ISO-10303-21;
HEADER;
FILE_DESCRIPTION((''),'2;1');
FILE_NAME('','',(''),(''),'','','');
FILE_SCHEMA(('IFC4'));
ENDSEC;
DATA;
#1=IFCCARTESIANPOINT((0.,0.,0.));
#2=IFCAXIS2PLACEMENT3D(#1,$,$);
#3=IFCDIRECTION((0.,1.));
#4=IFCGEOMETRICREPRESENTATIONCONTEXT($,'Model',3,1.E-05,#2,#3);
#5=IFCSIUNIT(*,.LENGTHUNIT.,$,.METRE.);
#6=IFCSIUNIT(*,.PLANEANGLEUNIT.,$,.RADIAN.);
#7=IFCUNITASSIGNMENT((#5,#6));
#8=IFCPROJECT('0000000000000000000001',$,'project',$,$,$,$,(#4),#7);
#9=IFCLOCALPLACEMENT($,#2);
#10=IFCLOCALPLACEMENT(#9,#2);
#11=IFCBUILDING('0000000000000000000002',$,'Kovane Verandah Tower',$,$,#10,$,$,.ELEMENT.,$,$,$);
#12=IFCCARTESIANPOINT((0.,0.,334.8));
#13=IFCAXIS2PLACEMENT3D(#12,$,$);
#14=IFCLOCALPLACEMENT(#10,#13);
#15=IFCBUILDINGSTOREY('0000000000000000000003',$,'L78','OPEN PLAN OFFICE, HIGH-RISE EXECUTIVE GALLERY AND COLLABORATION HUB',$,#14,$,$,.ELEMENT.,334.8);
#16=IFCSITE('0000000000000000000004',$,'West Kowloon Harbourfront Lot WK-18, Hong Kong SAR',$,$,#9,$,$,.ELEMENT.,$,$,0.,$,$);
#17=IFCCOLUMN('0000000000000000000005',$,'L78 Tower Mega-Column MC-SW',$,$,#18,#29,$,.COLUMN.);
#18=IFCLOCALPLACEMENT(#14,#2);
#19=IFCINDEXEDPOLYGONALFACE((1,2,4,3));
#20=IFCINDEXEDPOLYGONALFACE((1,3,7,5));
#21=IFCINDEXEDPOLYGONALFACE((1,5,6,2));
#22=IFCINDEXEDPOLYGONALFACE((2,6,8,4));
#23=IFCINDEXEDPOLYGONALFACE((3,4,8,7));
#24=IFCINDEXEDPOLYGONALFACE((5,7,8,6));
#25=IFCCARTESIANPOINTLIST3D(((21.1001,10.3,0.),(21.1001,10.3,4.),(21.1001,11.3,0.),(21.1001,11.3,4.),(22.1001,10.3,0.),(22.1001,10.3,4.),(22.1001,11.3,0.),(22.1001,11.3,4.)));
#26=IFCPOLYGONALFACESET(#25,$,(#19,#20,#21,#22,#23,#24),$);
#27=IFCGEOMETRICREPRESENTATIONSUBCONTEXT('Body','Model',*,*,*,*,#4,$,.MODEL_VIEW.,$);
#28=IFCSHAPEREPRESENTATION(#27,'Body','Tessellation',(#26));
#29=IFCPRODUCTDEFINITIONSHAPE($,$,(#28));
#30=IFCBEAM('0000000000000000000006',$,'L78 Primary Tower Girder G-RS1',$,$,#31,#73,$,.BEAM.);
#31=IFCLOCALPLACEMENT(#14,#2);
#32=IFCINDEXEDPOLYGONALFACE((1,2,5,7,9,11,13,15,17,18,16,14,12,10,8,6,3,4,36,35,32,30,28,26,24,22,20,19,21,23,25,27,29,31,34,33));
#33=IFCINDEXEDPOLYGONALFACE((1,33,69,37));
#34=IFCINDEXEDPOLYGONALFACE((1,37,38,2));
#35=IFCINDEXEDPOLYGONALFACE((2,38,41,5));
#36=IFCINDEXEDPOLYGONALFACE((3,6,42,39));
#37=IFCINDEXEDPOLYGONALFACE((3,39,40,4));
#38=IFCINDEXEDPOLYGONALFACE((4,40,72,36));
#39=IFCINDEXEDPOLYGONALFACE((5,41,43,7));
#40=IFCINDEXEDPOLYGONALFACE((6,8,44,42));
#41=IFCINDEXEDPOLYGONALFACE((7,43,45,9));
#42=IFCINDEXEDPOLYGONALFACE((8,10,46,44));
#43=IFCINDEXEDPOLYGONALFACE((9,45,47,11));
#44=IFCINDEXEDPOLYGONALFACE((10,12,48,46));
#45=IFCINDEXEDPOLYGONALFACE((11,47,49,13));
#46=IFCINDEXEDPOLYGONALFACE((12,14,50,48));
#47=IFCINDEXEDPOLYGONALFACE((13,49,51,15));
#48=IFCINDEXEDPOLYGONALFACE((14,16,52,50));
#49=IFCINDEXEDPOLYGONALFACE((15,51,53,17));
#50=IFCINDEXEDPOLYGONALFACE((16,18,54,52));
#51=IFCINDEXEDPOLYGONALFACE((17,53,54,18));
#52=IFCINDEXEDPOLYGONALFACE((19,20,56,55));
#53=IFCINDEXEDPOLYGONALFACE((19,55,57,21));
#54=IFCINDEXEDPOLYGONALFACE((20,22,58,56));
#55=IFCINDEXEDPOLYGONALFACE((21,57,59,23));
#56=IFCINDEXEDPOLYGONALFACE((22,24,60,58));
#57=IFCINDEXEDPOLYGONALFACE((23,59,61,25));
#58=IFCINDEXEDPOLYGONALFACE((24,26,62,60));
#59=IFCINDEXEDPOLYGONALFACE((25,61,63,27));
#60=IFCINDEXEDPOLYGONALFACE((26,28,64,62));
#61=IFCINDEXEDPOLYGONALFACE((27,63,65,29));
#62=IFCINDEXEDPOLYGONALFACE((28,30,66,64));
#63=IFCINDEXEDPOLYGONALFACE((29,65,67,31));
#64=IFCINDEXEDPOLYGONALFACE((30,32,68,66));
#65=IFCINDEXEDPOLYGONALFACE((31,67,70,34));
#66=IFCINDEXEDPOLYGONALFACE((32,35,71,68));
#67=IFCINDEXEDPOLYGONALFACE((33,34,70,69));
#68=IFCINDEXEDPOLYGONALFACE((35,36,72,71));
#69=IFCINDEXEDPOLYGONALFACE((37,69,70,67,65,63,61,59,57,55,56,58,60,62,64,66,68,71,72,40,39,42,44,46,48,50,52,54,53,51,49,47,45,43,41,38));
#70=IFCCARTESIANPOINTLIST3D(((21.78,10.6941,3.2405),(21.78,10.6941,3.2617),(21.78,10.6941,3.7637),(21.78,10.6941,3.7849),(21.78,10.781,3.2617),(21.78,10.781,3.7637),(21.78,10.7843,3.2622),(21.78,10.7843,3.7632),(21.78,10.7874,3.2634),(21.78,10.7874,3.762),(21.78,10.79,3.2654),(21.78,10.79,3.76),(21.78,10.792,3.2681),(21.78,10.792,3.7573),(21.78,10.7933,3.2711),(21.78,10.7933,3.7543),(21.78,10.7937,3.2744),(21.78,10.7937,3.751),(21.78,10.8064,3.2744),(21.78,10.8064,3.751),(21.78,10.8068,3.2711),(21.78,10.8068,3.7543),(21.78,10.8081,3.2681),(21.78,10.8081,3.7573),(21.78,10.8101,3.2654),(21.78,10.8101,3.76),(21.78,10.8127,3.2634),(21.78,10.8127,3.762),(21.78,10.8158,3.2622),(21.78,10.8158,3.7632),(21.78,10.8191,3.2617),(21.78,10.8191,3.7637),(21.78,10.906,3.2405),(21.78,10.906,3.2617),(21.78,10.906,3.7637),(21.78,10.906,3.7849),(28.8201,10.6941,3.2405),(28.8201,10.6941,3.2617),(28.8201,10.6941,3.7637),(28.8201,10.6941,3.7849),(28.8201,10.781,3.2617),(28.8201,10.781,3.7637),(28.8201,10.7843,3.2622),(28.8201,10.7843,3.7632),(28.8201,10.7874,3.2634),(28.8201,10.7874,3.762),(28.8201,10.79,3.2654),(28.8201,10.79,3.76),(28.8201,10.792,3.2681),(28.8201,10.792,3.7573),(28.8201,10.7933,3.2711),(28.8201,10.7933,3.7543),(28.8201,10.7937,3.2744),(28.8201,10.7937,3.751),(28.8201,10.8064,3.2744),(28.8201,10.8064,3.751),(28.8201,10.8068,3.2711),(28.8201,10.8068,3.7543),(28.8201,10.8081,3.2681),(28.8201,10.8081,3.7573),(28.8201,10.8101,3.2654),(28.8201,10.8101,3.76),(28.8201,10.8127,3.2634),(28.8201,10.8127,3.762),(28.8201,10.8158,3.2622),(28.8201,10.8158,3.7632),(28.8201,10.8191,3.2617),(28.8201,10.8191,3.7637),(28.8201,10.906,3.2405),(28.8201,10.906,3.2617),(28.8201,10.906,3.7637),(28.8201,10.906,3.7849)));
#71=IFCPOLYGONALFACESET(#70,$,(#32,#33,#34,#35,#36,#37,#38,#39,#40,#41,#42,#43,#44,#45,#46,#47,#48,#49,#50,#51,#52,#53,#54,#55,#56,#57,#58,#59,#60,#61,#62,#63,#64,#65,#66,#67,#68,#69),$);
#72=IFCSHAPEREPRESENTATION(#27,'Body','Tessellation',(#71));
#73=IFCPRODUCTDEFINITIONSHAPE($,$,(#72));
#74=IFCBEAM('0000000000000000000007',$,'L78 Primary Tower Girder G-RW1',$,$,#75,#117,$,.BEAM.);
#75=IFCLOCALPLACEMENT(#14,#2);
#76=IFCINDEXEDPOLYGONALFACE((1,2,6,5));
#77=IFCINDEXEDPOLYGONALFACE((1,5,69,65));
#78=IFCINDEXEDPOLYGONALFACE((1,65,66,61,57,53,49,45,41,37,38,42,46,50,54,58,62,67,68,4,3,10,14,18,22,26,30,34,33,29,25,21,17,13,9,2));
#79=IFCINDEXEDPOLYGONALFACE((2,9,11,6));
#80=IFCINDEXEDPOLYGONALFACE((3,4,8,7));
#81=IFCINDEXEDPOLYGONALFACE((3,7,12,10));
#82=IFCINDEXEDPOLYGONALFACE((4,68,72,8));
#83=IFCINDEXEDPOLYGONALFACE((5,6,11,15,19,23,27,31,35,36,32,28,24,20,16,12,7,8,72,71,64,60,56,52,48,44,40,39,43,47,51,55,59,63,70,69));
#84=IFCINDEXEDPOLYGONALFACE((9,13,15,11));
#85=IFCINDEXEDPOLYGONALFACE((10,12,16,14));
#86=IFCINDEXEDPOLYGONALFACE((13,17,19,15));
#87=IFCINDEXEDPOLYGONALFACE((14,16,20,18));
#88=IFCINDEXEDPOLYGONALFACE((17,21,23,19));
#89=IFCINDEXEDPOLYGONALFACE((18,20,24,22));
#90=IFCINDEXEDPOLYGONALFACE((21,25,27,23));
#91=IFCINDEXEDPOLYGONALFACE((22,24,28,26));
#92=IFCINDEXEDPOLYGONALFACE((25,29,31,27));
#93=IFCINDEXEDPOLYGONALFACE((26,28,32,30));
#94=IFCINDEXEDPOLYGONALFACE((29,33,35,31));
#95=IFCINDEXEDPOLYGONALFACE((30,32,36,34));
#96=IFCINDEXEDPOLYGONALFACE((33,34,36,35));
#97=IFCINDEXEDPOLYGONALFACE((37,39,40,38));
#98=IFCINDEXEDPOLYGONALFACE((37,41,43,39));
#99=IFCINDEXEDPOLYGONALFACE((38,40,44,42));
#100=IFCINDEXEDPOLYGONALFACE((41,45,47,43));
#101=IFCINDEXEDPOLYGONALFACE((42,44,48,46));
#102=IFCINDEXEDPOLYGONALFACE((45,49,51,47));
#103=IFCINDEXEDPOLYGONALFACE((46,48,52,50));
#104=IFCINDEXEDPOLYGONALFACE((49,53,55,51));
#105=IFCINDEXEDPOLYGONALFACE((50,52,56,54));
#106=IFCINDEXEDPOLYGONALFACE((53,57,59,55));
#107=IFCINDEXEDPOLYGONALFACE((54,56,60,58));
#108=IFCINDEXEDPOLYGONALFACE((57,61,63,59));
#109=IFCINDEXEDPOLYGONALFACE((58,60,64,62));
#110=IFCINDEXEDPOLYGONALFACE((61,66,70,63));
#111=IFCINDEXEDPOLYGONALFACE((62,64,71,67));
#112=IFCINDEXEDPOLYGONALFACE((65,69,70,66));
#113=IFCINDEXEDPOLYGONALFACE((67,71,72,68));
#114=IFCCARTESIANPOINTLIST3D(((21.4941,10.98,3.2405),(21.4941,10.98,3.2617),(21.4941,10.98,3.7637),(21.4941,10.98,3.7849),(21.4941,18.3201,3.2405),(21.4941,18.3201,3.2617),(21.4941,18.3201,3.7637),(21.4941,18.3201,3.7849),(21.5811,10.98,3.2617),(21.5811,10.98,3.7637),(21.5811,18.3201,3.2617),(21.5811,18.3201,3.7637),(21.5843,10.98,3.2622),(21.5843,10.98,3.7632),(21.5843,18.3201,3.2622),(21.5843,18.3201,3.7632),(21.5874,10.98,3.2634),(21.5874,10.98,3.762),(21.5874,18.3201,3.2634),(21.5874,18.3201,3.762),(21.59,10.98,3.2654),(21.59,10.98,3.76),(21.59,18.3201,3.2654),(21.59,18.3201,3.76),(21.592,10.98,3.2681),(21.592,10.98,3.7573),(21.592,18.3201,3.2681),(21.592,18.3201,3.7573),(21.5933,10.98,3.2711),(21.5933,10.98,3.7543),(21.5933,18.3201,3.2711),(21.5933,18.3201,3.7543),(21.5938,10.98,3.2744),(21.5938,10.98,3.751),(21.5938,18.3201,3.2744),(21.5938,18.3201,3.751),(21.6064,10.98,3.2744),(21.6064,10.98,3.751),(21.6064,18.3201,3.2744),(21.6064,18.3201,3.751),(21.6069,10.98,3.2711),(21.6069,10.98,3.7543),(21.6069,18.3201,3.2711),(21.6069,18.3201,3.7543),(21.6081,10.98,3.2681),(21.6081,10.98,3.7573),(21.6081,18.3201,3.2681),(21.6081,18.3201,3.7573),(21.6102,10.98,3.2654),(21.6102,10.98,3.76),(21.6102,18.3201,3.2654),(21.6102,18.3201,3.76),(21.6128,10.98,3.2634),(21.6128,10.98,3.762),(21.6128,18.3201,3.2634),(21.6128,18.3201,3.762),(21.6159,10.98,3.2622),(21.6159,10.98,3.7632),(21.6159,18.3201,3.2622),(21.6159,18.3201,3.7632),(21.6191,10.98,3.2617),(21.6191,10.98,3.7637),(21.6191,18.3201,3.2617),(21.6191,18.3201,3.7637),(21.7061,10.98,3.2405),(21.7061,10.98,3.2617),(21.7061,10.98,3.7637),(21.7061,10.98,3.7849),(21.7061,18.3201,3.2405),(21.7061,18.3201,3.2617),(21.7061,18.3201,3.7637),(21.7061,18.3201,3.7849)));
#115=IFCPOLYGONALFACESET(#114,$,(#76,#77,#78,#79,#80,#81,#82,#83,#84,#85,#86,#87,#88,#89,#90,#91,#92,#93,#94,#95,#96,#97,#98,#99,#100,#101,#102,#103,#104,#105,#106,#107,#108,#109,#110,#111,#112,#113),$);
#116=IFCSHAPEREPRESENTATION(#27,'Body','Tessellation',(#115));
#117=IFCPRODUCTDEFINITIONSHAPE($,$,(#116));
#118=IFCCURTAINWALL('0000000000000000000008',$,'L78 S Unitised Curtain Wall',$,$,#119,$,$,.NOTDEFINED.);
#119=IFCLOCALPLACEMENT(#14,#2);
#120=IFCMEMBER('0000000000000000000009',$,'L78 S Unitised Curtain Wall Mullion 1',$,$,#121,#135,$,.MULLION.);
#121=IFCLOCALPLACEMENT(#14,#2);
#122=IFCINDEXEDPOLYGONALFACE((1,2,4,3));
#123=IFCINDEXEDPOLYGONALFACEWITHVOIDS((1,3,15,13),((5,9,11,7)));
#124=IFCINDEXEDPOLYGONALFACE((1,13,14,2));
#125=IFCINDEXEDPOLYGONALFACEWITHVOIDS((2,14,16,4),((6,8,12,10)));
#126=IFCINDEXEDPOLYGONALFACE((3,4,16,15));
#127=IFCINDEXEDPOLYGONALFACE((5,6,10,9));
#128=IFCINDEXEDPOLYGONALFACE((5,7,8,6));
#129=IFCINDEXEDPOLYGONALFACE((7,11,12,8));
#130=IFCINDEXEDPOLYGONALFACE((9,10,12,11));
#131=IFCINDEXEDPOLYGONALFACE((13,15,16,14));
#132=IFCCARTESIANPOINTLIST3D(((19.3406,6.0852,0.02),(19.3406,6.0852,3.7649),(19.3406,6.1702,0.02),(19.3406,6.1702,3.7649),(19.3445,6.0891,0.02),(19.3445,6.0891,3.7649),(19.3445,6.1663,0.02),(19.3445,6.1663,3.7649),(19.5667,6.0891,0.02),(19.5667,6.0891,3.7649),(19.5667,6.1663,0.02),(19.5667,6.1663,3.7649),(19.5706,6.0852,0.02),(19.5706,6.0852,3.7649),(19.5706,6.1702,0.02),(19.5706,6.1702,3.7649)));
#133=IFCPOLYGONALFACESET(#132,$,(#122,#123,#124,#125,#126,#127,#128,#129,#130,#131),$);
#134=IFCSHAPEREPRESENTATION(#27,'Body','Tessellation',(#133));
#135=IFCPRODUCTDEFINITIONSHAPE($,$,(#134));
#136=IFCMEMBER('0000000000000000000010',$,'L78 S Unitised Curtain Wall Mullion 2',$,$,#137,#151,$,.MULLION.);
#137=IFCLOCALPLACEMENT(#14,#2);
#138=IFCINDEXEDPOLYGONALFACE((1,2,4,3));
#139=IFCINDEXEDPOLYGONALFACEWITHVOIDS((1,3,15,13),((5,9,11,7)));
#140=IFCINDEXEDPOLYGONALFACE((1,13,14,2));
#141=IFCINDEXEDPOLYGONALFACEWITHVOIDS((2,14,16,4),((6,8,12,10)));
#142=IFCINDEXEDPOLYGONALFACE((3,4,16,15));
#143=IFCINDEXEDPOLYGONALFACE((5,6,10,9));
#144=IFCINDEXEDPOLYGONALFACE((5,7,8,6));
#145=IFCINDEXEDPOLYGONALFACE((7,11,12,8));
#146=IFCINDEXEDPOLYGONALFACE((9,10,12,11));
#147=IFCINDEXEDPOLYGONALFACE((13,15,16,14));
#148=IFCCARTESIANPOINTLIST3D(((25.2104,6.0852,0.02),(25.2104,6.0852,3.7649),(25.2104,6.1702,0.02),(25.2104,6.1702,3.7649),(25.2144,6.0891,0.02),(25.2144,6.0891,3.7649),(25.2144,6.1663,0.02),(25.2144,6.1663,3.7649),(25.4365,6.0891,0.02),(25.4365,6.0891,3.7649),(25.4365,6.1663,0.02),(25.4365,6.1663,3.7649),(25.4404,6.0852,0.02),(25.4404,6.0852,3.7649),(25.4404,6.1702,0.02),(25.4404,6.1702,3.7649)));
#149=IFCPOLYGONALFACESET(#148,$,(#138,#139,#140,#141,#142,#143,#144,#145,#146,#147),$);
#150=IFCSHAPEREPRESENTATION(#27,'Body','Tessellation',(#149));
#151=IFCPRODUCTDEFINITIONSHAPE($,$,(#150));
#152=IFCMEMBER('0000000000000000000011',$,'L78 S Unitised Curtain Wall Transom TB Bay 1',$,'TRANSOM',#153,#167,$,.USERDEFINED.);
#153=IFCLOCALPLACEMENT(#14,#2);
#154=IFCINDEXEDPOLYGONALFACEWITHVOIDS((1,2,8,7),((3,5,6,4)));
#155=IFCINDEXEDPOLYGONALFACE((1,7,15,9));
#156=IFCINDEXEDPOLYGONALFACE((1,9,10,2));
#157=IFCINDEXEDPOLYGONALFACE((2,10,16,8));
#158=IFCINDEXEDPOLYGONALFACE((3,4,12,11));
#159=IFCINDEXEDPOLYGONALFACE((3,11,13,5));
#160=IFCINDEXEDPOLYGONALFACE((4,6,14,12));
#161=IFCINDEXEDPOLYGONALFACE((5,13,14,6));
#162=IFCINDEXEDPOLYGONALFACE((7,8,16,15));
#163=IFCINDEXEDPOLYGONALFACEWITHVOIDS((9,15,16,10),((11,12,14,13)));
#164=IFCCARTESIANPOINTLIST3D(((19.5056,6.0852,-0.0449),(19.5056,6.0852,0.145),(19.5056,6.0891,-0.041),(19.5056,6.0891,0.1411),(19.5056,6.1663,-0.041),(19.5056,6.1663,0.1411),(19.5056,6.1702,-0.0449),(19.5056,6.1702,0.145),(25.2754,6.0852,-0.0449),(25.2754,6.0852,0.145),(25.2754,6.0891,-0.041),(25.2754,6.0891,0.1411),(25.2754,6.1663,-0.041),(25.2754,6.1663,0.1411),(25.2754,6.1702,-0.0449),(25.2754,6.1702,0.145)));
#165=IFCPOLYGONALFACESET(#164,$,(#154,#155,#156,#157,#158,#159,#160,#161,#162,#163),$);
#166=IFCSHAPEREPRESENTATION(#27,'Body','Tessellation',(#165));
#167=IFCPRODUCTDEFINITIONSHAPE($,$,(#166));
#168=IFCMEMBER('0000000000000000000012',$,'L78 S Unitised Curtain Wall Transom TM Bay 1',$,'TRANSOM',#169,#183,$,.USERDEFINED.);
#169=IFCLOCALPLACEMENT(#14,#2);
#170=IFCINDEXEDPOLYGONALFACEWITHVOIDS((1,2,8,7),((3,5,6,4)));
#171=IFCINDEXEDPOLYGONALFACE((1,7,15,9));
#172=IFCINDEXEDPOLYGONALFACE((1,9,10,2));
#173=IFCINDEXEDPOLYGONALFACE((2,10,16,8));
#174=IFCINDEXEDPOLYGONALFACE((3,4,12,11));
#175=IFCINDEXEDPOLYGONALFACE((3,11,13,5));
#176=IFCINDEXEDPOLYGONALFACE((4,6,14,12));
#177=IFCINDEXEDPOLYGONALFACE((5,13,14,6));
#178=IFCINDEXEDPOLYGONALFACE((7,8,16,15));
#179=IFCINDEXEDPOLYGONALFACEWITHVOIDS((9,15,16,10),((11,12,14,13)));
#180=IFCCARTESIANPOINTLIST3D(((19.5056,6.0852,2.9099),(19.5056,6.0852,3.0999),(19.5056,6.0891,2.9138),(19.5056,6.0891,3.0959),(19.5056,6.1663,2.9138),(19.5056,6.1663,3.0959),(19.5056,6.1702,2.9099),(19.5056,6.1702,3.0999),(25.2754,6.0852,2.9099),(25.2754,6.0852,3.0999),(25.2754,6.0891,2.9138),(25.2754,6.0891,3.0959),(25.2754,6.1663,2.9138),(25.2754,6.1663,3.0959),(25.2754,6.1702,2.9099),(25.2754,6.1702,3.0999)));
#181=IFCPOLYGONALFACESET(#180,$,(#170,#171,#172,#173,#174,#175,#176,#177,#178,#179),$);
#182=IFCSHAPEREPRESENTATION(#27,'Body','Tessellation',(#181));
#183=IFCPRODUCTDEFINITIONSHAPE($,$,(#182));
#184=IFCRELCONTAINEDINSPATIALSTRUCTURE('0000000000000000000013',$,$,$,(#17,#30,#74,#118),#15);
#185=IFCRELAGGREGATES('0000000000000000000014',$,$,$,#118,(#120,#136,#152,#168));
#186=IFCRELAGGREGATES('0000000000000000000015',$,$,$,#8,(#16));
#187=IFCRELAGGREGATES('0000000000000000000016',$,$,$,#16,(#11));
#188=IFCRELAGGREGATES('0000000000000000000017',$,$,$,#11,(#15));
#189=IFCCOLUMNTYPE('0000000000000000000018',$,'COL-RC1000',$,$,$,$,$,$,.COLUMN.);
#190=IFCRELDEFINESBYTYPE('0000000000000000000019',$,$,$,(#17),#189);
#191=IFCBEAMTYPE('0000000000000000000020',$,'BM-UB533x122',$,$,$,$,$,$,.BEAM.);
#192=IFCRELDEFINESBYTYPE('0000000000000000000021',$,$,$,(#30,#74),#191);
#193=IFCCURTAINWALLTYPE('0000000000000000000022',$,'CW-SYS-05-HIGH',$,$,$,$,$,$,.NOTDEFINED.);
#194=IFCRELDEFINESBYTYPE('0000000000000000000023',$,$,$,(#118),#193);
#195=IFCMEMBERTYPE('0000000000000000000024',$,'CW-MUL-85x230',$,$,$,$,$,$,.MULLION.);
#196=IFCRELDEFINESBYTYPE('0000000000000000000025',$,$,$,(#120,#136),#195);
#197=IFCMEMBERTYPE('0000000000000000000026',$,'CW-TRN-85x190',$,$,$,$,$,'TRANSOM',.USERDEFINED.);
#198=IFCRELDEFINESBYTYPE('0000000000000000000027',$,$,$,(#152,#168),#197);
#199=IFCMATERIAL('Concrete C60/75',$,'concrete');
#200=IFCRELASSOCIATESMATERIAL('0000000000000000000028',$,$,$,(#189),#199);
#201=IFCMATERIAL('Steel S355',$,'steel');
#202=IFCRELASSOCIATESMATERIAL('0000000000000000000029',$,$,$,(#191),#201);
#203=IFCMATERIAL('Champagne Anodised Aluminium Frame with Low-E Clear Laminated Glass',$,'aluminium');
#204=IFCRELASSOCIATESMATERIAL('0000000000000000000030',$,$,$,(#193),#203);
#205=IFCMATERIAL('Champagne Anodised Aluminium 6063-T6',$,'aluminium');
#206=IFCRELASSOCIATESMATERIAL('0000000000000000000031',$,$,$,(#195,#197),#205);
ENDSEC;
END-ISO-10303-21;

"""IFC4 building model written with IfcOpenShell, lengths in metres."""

from ifc_helpers import new_model, si_unit, direction, frame, origin, origin_2d, place, context, subcontext, project, spatial, rectangle, hollow_rectangle, i_section, extrude, material, material_profile, profile_set, type_object, element, aggregate, save


model = new_model("IFC4")

# Units and contexts
model_context = context("Model", 3, precision=1e-05, world=origin(), true_north=direction((0.0, 1.0)))
body_context = subcontext(model_context, "Body", "Model", "MODEL_VIEW")
ifc_project = project(units=[si_unit("LENGTHUNIT", "METRE"), si_unit("PLANEANGLEUNIT", "RADIAN")], contexts=[model_context])

# Site, building, storey
site_placement = place(None, origin())
site = spatial("IfcSite", under=ifc_project, at=site_placement, Name="West Kowloon Harbourfront Lot WK-18, Hong Kong SAR", CompositionType="ELEMENT", RefElevation=0.0)
building_placement = place(site_placement, origin())
building = spatial("IfcBuilding", under=site, at=building_placement, Name="Kovane Verandah Tower", CompositionType="ELEMENT")
storey_placement = place(building_placement, frame((0.0, 0.0, 334.8)))
storey = spatial("IfcBuildingStorey", under=building, at=storey_placement, Name="L78", Description="OPEN PLAN OFFICE, HIGH-RISE EXECUTIVE GALLERY AND COLLABORATION HUB", CompositionType="ELEMENT", Elevation=334.8)

# Column
ifc_material_1 = material(Name="Concrete C60/75", Category="concrete")
ifc_material_profile_1 = material_profile(ifc_material_1, rectangle(XDim=1.0, YDim=1.0, at=origin_2d()), Name="RC1000x1000")
ifc_profile_set_1 = profile_set([ifc_material_profile_1], Name="Concrete C60/75")
column_type = type_object("IfcColumnType", Name="COL-RC1000", PredefinedType="COLUMN", material=ifc_profile_set_1)
column_placement = place(storey_placement, frame((21.6001, 10.8, 0.0), z_axis=(0.0, 0.0, 1.0), x_axis=(1.0, 0.0, 0.0)))
element("IfcColumn", 1, at=column_placement, inside=storey, type_object=column_type, Name="L78 Tower Mega-Column MC-SW", PredefinedType="COLUMN", context=body_context, shape_type="SweptSolid", body=[
    extrude(rectangle(XDim=1.0, YDim=1.0, at=origin_2d()), origin(), (0.0, 0.0, 1.0), 4.0),
])

# Beams
ifc_material_2 = material(Name="Steel S355", Category="steel")
ifc_material_profile_2 = material_profile(ifc_material_2, i_section(OverallWidth=0.2119, OverallDepth=0.5444, WebThickness=0.0127, FlangeThickness=0.0212, FilletRadius=0.0127, at=origin_2d()), Name="UB533x210x122")
ifc_profile_set_2 = profile_set([ifc_material_profile_2], Name="Steel S355")
beam_type_1 = type_object("IfcBeamType", Name="BM-UB533x122", PredefinedType="BEAM", material=ifc_profile_set_2)
beam_1_placement = place(storey_placement, frame((21.78, 10.8, 3.5127), z_axis=(1.0, 0.0, 0.0), x_axis=(0.0, 1.0, 0.0)))
element("IfcBeam", 2, at=beam_1_placement, inside=storey, type_object=beam_type_1, Name="L78 Primary Tower Girder G-RS1", PredefinedType="BEAM", context=body_context, shape_type="SweptSolid", body=[
    extrude(i_section(OverallWidth=0.2119, OverallDepth=0.5444, WebThickness=0.0127, FlangeThickness=0.0212, FilletRadius=0.0127, at=origin_2d()), origin(), (0.0, 0.0, 1.0), 7.04),
])
beam_2_placement = place(storey_placement, frame((21.6001, 10.98, 3.5127), z_axis=(0.0, 1.0, 0.0), x_axis=(-1.0, 0.0, 0.0)))
element("IfcBeam", 3, at=beam_2_placement, inside=storey, type_object=beam_type_1, Name="L78 Primary Tower Girder G-RW1", PredefinedType="BEAM", context=body_context, shape_type="SweptSolid", body=[
    extrude(i_section(OverallWidth=0.2119, OverallDepth=0.5444, WebThickness=0.0127, FlangeThickness=0.0212, FilletRadius=0.0127, at=origin_2d()), origin(), (0.0, 0.0, 1.0), 7.3401),
])

# Curtain wall, members
ifc_material_3 = material(Name="Champagne Anodised Aluminium Frame with Low-E Clear Laminated Glass", Category="aluminium")
curtain_wall_type = type_object("IfcCurtainWallType", Name="CW-SYS-05-HIGH", PredefinedType="NOTDEFINED", material=ifc_material_3)
curtain_wall_placement = place(storey_placement, origin())
curtain_wall = element("IfcCurtainWall", 4, at=curtain_wall_placement, inside=storey, type_object=curtain_wall_type, Name="L78 S Unitised Curtain Wall", PredefinedType="NOTDEFINED")
ifc_material_4 = material(Name="Champagne Anodised Aluminium 6063-T6", Category="aluminium")
ifc_material_profile_3 = material_profile(ifc_material_4, hollow_rectangle(XDim=0.085, YDim=0.23, WallThickness=0.0039, at=origin_2d()), Name="AL85x230x4")
ifc_profile_set_3 = profile_set([ifc_material_profile_3], Name="Champagne Anodised Aluminium 6063-T6")
member_type_1 = type_object("IfcMemberType", Name="CW-MUL-85x230", PredefinedType="MULLION", material=ifc_profile_set_3)
member_1_placement = place(storey_placement, frame((19.4556, 6.1277, 0.02), z_axis=(0.0, 0.0, 1.0), x_axis=(0.0, -1.0, 0.0)))
member_1 = element("IfcMember", 5, at=member_1_placement, type_object=member_type_1, Name="L78 S Unitised Curtain Wall Mullion 1", PredefinedType="MULLION", context=body_context, shape_type="SweptSolid", body=[
    extrude(hollow_rectangle(XDim=0.085, YDim=0.23, WallThickness=0.0039, at=origin_2d()), origin(), (0.0, 0.0, 1.0), 3.7449),
])
member_2_placement = place(storey_placement, frame((25.3254, 6.1277, 0.02), z_axis=(0.0, 0.0, 1.0), x_axis=(0.0, -1.0, 0.0)))
member_2 = element("IfcMember", 6, at=member_2_placement, type_object=member_type_1, Name="L78 S Unitised Curtain Wall Mullion 2", PredefinedType="MULLION", context=body_context, shape_type="SweptSolid", body=[
    extrude(hollow_rectangle(XDim=0.085, YDim=0.23, WallThickness=0.0039, at=origin_2d()), origin(), (0.0, 0.0, 1.0), 3.7449),
])
ifc_material_profile_4 = material_profile(ifc_material_4, hollow_rectangle(XDim=0.085, YDim=0.1899, WallThickness=0.0039, at=origin_2d()), Name="AL85x190x4")
ifc_profile_set_4 = profile_set([ifc_material_profile_4], Name="Champagne Anodised Aluminium 6063-T6")
member_type_2 = type_object("IfcMemberType", Name="CW-TRN-85x190", ElementType="TRANSOM", PredefinedType="USERDEFINED", material=ifc_profile_set_4)
member_3_placement = place(storey_placement, frame((19.5056, 6.1277, 0.05), z_axis=(1.0, 0.0, 0.0), x_axis=(0.0, 1.0, 0.0)))
member_3 = element("IfcMember", 7, at=member_3_placement, type_object=member_type_2, Name="L78 S Unitised Curtain Wall Transom TB Bay 1", ObjectType="TRANSOM", PredefinedType="USERDEFINED", context=body_context, shape_type="SweptSolid", body=[
    extrude(hollow_rectangle(XDim=0.085, YDim=0.1899, WallThickness=0.0039, at=origin_2d()), origin(), (0.0, 0.0, 1.0), 5.7698),
])
member_4_placement = place(storey_placement, frame((19.5056, 6.1277, 3.0049), z_axis=(1.0, 0.0, 0.0), x_axis=(0.0, 1.0, 0.0)))
member_4 = element("IfcMember", 8, at=member_4_placement, type_object=member_type_2, Name="L78 S Unitised Curtain Wall Transom TM Bay 1", ObjectType="TRANSOM", PredefinedType="USERDEFINED", context=body_context, shape_type="SweptSolid", body=[
    extrude(hollow_rectangle(XDim=0.085, YDim=0.1899, WallThickness=0.0039, at=origin_2d()), origin(), (0.0, 0.0, 1.0), 5.7698),
])

aggregate(curtain_wall, [member_1, member_2, member_3, member_4])

save(model, "model.ifc")
